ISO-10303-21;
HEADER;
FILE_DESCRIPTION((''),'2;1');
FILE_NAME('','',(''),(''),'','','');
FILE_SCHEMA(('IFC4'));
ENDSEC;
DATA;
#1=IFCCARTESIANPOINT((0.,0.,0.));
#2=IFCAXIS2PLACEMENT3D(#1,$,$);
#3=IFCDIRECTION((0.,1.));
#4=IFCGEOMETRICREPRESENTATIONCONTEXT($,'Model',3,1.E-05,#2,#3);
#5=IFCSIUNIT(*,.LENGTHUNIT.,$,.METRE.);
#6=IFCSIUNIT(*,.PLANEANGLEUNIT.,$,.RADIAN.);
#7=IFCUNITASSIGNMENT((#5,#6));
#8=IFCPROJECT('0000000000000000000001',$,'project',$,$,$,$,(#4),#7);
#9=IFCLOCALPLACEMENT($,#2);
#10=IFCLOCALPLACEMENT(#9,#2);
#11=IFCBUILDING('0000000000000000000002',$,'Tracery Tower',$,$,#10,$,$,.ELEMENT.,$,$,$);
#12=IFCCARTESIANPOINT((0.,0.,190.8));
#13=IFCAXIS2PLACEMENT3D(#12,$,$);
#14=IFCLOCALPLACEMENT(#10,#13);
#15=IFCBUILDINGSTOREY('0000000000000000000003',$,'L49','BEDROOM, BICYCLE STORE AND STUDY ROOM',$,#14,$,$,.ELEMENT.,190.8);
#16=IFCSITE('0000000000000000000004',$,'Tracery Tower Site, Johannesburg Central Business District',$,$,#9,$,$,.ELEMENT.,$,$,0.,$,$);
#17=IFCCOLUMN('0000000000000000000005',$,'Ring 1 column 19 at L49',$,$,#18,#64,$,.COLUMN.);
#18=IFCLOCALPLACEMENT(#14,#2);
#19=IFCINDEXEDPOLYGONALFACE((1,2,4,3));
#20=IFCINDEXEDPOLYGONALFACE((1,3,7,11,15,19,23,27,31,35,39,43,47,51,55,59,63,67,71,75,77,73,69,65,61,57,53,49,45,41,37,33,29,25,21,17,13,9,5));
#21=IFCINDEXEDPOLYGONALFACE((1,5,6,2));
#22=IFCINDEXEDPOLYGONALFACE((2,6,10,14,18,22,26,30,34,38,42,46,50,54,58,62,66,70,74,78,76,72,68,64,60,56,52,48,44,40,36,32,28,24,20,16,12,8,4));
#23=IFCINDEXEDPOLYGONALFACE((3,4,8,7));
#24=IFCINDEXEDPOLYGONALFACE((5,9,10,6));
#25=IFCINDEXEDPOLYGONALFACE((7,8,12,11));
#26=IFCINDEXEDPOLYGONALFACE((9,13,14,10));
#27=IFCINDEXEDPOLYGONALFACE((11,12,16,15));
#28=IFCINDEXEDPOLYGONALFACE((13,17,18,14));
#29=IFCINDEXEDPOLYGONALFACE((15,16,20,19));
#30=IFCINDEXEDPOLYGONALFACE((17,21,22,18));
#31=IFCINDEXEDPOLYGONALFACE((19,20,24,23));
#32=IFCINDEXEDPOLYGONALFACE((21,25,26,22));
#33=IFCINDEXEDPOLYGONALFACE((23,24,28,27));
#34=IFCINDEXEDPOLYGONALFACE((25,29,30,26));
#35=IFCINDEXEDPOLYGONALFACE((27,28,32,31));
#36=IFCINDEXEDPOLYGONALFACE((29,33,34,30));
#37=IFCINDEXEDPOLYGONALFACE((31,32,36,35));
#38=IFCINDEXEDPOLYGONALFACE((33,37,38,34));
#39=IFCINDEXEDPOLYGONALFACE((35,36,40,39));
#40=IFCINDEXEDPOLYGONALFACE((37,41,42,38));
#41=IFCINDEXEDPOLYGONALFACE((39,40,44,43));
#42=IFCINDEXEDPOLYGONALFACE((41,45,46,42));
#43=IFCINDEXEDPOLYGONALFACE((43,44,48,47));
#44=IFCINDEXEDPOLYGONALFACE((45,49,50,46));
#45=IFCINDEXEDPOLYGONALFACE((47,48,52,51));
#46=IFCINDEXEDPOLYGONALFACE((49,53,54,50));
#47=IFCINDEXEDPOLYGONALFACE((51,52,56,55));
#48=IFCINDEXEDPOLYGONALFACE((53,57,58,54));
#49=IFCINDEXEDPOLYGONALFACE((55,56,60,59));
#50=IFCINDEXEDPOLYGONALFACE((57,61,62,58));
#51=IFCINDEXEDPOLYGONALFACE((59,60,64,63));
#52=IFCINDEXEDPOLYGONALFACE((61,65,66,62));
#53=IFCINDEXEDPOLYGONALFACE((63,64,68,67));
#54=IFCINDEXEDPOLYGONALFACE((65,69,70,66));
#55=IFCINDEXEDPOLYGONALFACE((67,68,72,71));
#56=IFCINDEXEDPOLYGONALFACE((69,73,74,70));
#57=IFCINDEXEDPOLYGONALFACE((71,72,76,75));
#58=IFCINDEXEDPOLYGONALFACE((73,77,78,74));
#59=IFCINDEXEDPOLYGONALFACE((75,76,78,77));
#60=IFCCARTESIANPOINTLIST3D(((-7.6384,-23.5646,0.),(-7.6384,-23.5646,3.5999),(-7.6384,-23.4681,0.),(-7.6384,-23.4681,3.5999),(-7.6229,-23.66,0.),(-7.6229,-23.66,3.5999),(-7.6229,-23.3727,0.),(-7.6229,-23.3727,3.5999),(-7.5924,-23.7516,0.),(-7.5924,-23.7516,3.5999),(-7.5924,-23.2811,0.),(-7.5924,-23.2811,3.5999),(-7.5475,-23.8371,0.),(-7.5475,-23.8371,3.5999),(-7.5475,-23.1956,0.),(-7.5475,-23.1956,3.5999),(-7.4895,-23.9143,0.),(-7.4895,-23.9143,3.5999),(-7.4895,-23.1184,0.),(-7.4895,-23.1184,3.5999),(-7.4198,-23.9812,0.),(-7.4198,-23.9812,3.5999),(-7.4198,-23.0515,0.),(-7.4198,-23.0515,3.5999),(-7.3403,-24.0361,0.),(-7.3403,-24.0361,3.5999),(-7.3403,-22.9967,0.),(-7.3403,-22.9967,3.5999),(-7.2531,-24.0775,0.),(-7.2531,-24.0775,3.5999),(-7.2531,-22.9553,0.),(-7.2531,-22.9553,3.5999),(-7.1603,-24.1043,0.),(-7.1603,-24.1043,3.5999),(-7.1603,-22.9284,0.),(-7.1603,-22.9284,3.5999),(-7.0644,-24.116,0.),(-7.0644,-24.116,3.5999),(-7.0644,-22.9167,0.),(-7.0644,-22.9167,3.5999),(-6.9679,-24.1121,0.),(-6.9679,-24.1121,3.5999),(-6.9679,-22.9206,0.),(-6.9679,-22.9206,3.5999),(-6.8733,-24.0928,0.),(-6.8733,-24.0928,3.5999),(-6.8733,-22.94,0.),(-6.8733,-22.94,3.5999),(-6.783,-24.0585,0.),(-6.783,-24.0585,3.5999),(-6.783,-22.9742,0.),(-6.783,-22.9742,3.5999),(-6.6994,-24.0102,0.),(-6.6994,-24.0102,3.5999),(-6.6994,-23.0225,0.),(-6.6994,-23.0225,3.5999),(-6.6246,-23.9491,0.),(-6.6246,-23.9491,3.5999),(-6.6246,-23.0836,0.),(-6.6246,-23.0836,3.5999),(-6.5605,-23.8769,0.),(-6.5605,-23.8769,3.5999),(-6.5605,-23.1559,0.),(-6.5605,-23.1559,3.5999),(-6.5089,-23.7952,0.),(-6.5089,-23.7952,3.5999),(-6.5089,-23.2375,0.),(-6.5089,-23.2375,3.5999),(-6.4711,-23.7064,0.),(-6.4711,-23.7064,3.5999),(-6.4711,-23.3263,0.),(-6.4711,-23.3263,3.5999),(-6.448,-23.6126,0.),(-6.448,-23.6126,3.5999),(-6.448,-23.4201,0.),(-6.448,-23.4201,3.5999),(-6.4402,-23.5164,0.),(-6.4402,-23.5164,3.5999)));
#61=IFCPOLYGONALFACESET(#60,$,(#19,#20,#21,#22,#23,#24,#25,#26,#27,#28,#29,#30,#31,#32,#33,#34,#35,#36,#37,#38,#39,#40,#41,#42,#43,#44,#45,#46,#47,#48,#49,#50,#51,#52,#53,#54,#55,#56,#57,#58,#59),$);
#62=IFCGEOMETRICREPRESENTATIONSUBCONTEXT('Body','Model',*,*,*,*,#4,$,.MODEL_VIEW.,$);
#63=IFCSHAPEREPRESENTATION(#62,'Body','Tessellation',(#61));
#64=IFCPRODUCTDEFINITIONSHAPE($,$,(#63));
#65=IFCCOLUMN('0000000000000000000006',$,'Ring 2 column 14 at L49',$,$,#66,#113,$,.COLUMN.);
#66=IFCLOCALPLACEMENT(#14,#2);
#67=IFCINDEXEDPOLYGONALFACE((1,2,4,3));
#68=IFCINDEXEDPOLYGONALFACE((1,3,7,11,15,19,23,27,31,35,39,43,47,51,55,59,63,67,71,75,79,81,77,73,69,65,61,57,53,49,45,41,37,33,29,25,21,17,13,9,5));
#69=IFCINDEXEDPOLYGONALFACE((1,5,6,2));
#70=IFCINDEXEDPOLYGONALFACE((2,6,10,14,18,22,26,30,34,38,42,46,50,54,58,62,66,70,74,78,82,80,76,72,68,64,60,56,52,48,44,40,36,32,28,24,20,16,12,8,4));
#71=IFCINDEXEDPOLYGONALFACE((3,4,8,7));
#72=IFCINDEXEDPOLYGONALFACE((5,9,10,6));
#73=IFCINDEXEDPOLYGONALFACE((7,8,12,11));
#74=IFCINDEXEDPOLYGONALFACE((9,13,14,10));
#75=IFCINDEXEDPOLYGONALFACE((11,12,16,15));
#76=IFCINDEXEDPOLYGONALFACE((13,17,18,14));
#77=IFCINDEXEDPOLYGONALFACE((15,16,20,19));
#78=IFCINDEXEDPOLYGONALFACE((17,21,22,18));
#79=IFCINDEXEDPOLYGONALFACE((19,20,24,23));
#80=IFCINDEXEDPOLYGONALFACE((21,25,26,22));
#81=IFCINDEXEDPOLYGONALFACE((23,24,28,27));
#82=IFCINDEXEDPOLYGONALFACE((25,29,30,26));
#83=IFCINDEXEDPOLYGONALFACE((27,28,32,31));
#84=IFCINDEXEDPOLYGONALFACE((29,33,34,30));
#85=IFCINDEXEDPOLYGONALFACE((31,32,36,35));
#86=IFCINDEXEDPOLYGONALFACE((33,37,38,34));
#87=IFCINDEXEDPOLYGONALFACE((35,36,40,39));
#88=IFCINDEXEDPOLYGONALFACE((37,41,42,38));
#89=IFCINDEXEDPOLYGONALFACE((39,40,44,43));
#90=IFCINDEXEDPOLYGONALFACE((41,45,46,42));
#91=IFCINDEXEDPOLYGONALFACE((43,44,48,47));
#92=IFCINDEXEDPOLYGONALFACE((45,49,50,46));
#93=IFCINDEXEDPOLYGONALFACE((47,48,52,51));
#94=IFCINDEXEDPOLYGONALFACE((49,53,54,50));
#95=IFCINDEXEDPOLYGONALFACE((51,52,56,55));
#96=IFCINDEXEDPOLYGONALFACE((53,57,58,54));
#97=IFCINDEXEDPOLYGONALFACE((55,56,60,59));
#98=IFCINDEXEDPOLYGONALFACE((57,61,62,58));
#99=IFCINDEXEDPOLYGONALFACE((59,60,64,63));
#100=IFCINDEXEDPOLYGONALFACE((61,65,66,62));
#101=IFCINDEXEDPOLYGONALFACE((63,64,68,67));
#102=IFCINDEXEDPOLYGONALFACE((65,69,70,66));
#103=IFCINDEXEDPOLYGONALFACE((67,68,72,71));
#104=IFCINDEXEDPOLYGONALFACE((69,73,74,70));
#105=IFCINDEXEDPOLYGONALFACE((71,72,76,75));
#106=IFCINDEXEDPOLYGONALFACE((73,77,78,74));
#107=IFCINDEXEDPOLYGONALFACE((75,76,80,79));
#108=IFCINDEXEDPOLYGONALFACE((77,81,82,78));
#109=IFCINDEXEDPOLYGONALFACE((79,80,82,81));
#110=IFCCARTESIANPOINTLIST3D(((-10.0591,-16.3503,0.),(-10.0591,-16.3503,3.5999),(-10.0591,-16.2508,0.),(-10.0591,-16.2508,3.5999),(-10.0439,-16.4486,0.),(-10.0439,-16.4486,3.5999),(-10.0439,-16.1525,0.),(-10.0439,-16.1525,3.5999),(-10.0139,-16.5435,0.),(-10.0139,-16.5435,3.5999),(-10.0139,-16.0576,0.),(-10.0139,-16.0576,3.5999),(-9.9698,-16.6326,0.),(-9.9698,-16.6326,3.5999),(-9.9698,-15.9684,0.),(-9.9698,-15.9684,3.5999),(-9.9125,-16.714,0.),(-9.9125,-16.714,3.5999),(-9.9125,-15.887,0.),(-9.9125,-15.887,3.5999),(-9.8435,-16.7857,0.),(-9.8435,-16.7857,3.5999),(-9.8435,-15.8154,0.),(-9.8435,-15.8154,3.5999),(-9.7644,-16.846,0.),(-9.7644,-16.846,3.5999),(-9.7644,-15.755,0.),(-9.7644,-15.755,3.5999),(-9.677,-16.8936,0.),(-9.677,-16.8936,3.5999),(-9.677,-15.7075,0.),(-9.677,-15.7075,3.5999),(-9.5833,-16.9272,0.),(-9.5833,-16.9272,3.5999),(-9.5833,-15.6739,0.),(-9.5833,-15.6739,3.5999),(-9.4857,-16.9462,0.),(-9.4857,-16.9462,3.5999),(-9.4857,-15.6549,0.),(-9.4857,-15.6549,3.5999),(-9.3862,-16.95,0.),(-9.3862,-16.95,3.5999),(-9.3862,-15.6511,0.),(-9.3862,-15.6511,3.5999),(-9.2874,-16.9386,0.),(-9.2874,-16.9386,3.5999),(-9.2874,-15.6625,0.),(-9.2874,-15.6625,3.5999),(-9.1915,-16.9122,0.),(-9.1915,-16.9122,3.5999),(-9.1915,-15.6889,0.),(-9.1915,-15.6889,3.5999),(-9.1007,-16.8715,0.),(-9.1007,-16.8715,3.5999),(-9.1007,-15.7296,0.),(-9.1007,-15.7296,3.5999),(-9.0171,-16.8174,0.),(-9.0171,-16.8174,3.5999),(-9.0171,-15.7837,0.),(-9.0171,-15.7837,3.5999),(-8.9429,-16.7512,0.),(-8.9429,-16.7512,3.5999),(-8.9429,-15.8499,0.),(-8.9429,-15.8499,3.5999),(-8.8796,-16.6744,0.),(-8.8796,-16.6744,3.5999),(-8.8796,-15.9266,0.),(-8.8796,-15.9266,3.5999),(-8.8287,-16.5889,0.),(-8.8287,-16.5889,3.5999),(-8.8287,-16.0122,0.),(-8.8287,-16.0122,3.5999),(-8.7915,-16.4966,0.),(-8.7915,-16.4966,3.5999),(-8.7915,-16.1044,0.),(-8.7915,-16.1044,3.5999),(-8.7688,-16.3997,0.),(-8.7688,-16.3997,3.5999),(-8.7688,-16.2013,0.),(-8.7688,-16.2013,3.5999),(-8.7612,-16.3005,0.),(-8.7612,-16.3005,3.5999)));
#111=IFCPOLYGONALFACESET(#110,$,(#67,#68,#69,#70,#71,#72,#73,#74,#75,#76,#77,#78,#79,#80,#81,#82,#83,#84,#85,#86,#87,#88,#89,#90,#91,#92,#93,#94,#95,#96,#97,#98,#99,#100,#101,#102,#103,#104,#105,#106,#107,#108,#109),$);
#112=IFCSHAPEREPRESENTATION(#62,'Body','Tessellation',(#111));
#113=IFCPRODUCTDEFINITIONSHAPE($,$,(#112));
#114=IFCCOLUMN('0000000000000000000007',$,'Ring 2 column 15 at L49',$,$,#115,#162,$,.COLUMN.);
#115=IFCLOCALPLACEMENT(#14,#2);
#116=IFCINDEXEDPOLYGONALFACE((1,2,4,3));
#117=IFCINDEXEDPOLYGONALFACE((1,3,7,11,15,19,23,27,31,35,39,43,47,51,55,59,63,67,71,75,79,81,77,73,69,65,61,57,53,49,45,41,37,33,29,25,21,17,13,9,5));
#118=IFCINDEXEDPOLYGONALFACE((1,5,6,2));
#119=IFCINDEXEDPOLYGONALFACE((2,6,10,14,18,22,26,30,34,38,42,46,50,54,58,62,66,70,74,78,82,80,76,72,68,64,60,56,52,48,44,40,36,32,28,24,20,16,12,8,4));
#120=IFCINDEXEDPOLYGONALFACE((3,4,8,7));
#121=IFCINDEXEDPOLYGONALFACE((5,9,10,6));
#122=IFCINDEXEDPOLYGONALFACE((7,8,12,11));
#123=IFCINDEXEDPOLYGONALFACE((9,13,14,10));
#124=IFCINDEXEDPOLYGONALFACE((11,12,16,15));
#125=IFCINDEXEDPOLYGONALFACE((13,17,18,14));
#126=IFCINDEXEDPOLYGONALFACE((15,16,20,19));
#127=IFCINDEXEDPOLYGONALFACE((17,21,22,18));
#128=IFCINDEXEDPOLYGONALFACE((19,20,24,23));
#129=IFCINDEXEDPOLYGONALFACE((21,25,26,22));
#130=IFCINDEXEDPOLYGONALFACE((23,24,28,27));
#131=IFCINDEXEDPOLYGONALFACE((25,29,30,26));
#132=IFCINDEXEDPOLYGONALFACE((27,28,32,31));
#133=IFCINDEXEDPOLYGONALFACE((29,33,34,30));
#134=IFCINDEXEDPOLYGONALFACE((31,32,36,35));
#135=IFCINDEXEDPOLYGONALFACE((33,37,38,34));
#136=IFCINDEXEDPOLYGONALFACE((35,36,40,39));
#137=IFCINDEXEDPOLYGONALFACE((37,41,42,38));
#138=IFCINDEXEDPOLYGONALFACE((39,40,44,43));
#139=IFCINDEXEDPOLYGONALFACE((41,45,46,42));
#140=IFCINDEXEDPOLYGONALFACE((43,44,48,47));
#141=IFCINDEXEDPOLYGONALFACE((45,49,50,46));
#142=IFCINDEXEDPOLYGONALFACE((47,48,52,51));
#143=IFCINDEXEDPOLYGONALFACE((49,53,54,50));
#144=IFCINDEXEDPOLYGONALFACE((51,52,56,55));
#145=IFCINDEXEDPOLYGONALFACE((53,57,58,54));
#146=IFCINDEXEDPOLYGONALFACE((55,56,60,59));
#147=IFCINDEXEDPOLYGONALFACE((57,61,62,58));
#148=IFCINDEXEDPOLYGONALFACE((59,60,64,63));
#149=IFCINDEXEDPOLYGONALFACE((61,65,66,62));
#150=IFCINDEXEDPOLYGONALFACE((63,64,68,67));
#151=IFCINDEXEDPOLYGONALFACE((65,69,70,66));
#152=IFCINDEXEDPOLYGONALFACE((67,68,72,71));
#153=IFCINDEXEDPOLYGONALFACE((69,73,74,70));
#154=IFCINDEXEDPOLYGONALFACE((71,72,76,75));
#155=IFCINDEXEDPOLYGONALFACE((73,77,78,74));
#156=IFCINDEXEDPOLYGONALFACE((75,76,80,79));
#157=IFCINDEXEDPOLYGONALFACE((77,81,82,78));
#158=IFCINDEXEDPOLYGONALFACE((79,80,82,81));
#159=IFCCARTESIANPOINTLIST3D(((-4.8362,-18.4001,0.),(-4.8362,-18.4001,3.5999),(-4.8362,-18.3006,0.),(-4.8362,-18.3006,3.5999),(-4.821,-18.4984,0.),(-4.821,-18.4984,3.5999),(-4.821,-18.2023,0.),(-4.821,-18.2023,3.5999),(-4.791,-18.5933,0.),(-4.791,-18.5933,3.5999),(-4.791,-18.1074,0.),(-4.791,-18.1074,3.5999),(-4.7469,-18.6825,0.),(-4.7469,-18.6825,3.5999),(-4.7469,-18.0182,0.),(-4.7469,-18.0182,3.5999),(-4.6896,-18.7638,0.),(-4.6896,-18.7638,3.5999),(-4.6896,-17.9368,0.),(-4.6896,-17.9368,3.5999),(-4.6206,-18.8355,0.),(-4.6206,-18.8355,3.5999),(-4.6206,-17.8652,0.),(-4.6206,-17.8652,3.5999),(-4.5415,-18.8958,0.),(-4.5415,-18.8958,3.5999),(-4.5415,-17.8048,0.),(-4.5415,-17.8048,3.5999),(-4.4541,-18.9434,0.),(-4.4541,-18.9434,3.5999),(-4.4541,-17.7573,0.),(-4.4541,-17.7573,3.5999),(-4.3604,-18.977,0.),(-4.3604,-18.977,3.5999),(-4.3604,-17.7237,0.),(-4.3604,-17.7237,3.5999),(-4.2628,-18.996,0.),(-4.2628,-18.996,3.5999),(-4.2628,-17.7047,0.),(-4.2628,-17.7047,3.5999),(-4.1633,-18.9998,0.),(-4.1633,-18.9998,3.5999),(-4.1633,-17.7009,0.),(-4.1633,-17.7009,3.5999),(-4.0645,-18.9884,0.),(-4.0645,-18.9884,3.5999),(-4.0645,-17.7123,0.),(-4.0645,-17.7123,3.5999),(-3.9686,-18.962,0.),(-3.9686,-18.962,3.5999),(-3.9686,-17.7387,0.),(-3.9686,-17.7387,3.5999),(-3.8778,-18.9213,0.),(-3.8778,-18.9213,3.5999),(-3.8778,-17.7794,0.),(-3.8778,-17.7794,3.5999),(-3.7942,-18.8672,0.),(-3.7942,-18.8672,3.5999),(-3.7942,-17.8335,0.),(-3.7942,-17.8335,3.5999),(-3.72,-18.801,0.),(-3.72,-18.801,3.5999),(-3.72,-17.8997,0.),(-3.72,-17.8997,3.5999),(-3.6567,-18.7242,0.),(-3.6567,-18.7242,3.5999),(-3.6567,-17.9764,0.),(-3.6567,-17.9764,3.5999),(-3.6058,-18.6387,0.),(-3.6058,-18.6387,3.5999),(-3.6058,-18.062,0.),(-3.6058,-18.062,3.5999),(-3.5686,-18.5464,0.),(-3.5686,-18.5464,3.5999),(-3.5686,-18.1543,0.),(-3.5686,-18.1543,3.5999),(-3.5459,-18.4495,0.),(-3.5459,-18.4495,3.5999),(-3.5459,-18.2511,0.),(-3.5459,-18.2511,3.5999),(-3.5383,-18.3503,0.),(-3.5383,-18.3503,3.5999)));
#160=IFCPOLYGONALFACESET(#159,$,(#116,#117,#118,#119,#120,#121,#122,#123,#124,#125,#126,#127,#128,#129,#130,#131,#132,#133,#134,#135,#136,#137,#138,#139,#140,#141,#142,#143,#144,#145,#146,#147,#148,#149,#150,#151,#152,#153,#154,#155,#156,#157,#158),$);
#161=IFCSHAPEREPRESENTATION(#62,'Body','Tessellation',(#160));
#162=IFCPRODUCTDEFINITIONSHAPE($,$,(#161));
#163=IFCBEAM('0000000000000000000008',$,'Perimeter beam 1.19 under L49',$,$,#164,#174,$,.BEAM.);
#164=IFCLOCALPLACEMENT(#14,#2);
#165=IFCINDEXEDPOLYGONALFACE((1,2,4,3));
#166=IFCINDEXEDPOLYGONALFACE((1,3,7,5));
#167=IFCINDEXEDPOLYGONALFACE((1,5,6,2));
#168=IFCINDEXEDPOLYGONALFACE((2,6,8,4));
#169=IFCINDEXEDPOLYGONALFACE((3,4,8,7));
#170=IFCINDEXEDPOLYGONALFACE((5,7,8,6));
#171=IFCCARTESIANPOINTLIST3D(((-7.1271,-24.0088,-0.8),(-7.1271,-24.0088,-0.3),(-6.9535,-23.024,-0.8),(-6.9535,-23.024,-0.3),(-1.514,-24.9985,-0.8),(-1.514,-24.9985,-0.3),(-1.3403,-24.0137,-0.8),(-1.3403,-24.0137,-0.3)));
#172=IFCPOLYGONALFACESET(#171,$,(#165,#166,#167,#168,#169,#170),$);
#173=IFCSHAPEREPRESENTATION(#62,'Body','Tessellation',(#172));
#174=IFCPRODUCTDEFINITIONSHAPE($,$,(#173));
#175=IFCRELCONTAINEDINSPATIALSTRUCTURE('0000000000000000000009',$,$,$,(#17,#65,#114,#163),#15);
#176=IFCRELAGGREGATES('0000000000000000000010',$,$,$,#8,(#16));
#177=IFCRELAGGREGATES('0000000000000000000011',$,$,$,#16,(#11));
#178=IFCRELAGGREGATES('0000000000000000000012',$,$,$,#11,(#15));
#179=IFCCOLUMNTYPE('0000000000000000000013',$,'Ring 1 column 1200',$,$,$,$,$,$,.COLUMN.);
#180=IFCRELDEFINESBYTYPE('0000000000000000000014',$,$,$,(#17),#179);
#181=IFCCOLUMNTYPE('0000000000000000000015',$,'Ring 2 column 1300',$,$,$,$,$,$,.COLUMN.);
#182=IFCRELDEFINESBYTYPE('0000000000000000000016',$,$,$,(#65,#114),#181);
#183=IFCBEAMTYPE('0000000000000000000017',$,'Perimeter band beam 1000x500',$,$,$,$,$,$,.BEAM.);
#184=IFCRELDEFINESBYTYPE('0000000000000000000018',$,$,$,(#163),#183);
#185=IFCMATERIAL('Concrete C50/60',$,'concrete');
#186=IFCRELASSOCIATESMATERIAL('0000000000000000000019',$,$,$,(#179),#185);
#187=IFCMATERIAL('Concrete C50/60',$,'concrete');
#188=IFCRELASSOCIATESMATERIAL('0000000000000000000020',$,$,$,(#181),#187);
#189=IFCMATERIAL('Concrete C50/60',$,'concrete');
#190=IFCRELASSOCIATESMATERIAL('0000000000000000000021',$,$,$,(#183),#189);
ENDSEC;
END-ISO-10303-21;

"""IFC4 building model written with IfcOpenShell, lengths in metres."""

from ifc_helpers import new_model, si_unit, direction, frame, origin, origin_2d, place, context, subcontext, project, spatial, rectangle, circle, extrude, material, material_profile, profile_set, type_object, element, save


model = new_model("IFC4")

# Units and contexts
model_context = context("Model", 3, precision=1e-05, world=origin(), true_north=direction((0.0, 1.0)))
body_context = subcontext(model_context, "Body", "Model", "MODEL_VIEW")
ifc_project = project(units=[si_unit("LENGTHUNIT", "METRE"), si_unit("PLANEANGLEUNIT", "RADIAN")], contexts=[model_context])

# Site, building, storey
site_placement = place(None, origin())
site = spatial("IfcSite", under=ifc_project, at=site_placement, Name="Tracery Tower Site, Johannesburg Central Business District", CompositionType="ELEMENT", RefElevation=0.0)
building_placement = place(site_placement, origin())
building = spatial("IfcBuilding", under=site, at=building_placement, Name="Tracery Tower", CompositionType="ELEMENT")
storey_placement = place(building_placement, frame((0.0, 0.0, 190.8)))
storey = spatial("IfcBuildingStorey", under=building, at=storey_placement, Name="L49", Description="BEDROOM, BICYCLE STORE AND STUDY ROOM", CompositionType="ELEMENT", Elevation=190.8)

# Columns
ifc_material_1 = material(Name="Concrete C50/60", Category="concrete")
ifc_material_profile_1 = material_profile(ifc_material_1, circle(Radius=0.6001, at=origin_2d()), Name="RC D1200")
ifc_profile_set_1 = profile_set([ifc_material_profile_1], Name="Concrete C50/60")
column_type_1 = type_object("IfcColumnType", Name="Ring 1 column 1200", PredefinedType="COLUMN", material=ifc_profile_set_1)
column_placement = place(storey_placement, frame((-7.0403, -23.5164, 0.0), z_axis=(0.0, 0.0, 1.0), x_axis=(1.0, 0.0, 0.0)))
element("IfcColumn", 1, at=column_placement, inside=storey, type_object=column_type_1, Name="Ring 1 column 19 at L49", PredefinedType="COLUMN", context=body_context, shape_type="SweptSolid", body=[
    extrude(circle(Radius=0.6001, at=origin_2d()), origin(), (0.0, 0.0, 1.0), 3.5999),
])
ifc_material_2 = material(Name="Concrete C50/60", Category="concrete")
ifc_material_profile_2 = material_profile(ifc_material_2, circle(Radius=0.6499, at=origin_2d()), Name="RC D1300")
ifc_profile_set_2 = profile_set([ifc_material_profile_2], Name="Concrete C50/60")
column_type_2 = type_object("IfcColumnType", Name="Ring 2 column 1300", PredefinedType="COLUMN", material=ifc_profile_set_2)
for number, where, z_axis, x_axis, name in (
    (2, (-9.4111, -16.3005, 0.0), (0.0, 0.0, 1.0), (1.0, 0.0, 0.0), "Ring 2 column 14 at L49"),
    (3, (-4.1882, -18.3503, 0.0), (0.0, 0.0, 1.0), (1.0, 0.0, 0.0), "Ring 2 column 15 at L49"),
):
    element("IfcColumn", number, at=place(storey_placement, frame(where, z_axis=z_axis, x_axis=x_axis)), inside=storey, type_object=column_type_2, Name=name, PredefinedType="COLUMN", context=body_context, shape_type="SweptSolid", body=[
        extrude(circle(Radius=0.6499, at=origin_2d()), origin(), (0.0, 0.0, 1.0), 3.5999),
    ])

# Beam
ifc_material_3 = material(Name="Concrete C50/60", Category="concrete")
ifc_material_profile_3 = material_profile(ifc_material_3, rectangle(XDim=1.0, YDim=0.5, at=origin_2d()), Name="RC 1000x500")
ifc_profile_set_3 = profile_set([ifc_material_profile_3], Name="Concrete C50/60")
beam_type = type_object("IfcBeamType", Name="Perimeter band beam 1000x500", PredefinedType="BEAM", material=ifc_profile_set_3)
beam_placement = place(storey_placement, frame((-7.0403, -23.5164, -0.55), z_axis=(0.984807, -0.173651, 0.0), x_axis=(0.173651, 0.984807, 0.0)))
element("IfcBeam", 4, at=beam_placement, inside=storey, type_object=beam_type, Name="Perimeter beam 1.19 under L49", PredefinedType="BEAM", context=body_context, shape_type="SweptSolid", body=[
    extrude(rectangle(XDim=1.0, YDim=0.5, at=origin_2d()), origin(), (0.0, 0.0, 1.0), 5.6997),
])

save(model, "model.ifc")
